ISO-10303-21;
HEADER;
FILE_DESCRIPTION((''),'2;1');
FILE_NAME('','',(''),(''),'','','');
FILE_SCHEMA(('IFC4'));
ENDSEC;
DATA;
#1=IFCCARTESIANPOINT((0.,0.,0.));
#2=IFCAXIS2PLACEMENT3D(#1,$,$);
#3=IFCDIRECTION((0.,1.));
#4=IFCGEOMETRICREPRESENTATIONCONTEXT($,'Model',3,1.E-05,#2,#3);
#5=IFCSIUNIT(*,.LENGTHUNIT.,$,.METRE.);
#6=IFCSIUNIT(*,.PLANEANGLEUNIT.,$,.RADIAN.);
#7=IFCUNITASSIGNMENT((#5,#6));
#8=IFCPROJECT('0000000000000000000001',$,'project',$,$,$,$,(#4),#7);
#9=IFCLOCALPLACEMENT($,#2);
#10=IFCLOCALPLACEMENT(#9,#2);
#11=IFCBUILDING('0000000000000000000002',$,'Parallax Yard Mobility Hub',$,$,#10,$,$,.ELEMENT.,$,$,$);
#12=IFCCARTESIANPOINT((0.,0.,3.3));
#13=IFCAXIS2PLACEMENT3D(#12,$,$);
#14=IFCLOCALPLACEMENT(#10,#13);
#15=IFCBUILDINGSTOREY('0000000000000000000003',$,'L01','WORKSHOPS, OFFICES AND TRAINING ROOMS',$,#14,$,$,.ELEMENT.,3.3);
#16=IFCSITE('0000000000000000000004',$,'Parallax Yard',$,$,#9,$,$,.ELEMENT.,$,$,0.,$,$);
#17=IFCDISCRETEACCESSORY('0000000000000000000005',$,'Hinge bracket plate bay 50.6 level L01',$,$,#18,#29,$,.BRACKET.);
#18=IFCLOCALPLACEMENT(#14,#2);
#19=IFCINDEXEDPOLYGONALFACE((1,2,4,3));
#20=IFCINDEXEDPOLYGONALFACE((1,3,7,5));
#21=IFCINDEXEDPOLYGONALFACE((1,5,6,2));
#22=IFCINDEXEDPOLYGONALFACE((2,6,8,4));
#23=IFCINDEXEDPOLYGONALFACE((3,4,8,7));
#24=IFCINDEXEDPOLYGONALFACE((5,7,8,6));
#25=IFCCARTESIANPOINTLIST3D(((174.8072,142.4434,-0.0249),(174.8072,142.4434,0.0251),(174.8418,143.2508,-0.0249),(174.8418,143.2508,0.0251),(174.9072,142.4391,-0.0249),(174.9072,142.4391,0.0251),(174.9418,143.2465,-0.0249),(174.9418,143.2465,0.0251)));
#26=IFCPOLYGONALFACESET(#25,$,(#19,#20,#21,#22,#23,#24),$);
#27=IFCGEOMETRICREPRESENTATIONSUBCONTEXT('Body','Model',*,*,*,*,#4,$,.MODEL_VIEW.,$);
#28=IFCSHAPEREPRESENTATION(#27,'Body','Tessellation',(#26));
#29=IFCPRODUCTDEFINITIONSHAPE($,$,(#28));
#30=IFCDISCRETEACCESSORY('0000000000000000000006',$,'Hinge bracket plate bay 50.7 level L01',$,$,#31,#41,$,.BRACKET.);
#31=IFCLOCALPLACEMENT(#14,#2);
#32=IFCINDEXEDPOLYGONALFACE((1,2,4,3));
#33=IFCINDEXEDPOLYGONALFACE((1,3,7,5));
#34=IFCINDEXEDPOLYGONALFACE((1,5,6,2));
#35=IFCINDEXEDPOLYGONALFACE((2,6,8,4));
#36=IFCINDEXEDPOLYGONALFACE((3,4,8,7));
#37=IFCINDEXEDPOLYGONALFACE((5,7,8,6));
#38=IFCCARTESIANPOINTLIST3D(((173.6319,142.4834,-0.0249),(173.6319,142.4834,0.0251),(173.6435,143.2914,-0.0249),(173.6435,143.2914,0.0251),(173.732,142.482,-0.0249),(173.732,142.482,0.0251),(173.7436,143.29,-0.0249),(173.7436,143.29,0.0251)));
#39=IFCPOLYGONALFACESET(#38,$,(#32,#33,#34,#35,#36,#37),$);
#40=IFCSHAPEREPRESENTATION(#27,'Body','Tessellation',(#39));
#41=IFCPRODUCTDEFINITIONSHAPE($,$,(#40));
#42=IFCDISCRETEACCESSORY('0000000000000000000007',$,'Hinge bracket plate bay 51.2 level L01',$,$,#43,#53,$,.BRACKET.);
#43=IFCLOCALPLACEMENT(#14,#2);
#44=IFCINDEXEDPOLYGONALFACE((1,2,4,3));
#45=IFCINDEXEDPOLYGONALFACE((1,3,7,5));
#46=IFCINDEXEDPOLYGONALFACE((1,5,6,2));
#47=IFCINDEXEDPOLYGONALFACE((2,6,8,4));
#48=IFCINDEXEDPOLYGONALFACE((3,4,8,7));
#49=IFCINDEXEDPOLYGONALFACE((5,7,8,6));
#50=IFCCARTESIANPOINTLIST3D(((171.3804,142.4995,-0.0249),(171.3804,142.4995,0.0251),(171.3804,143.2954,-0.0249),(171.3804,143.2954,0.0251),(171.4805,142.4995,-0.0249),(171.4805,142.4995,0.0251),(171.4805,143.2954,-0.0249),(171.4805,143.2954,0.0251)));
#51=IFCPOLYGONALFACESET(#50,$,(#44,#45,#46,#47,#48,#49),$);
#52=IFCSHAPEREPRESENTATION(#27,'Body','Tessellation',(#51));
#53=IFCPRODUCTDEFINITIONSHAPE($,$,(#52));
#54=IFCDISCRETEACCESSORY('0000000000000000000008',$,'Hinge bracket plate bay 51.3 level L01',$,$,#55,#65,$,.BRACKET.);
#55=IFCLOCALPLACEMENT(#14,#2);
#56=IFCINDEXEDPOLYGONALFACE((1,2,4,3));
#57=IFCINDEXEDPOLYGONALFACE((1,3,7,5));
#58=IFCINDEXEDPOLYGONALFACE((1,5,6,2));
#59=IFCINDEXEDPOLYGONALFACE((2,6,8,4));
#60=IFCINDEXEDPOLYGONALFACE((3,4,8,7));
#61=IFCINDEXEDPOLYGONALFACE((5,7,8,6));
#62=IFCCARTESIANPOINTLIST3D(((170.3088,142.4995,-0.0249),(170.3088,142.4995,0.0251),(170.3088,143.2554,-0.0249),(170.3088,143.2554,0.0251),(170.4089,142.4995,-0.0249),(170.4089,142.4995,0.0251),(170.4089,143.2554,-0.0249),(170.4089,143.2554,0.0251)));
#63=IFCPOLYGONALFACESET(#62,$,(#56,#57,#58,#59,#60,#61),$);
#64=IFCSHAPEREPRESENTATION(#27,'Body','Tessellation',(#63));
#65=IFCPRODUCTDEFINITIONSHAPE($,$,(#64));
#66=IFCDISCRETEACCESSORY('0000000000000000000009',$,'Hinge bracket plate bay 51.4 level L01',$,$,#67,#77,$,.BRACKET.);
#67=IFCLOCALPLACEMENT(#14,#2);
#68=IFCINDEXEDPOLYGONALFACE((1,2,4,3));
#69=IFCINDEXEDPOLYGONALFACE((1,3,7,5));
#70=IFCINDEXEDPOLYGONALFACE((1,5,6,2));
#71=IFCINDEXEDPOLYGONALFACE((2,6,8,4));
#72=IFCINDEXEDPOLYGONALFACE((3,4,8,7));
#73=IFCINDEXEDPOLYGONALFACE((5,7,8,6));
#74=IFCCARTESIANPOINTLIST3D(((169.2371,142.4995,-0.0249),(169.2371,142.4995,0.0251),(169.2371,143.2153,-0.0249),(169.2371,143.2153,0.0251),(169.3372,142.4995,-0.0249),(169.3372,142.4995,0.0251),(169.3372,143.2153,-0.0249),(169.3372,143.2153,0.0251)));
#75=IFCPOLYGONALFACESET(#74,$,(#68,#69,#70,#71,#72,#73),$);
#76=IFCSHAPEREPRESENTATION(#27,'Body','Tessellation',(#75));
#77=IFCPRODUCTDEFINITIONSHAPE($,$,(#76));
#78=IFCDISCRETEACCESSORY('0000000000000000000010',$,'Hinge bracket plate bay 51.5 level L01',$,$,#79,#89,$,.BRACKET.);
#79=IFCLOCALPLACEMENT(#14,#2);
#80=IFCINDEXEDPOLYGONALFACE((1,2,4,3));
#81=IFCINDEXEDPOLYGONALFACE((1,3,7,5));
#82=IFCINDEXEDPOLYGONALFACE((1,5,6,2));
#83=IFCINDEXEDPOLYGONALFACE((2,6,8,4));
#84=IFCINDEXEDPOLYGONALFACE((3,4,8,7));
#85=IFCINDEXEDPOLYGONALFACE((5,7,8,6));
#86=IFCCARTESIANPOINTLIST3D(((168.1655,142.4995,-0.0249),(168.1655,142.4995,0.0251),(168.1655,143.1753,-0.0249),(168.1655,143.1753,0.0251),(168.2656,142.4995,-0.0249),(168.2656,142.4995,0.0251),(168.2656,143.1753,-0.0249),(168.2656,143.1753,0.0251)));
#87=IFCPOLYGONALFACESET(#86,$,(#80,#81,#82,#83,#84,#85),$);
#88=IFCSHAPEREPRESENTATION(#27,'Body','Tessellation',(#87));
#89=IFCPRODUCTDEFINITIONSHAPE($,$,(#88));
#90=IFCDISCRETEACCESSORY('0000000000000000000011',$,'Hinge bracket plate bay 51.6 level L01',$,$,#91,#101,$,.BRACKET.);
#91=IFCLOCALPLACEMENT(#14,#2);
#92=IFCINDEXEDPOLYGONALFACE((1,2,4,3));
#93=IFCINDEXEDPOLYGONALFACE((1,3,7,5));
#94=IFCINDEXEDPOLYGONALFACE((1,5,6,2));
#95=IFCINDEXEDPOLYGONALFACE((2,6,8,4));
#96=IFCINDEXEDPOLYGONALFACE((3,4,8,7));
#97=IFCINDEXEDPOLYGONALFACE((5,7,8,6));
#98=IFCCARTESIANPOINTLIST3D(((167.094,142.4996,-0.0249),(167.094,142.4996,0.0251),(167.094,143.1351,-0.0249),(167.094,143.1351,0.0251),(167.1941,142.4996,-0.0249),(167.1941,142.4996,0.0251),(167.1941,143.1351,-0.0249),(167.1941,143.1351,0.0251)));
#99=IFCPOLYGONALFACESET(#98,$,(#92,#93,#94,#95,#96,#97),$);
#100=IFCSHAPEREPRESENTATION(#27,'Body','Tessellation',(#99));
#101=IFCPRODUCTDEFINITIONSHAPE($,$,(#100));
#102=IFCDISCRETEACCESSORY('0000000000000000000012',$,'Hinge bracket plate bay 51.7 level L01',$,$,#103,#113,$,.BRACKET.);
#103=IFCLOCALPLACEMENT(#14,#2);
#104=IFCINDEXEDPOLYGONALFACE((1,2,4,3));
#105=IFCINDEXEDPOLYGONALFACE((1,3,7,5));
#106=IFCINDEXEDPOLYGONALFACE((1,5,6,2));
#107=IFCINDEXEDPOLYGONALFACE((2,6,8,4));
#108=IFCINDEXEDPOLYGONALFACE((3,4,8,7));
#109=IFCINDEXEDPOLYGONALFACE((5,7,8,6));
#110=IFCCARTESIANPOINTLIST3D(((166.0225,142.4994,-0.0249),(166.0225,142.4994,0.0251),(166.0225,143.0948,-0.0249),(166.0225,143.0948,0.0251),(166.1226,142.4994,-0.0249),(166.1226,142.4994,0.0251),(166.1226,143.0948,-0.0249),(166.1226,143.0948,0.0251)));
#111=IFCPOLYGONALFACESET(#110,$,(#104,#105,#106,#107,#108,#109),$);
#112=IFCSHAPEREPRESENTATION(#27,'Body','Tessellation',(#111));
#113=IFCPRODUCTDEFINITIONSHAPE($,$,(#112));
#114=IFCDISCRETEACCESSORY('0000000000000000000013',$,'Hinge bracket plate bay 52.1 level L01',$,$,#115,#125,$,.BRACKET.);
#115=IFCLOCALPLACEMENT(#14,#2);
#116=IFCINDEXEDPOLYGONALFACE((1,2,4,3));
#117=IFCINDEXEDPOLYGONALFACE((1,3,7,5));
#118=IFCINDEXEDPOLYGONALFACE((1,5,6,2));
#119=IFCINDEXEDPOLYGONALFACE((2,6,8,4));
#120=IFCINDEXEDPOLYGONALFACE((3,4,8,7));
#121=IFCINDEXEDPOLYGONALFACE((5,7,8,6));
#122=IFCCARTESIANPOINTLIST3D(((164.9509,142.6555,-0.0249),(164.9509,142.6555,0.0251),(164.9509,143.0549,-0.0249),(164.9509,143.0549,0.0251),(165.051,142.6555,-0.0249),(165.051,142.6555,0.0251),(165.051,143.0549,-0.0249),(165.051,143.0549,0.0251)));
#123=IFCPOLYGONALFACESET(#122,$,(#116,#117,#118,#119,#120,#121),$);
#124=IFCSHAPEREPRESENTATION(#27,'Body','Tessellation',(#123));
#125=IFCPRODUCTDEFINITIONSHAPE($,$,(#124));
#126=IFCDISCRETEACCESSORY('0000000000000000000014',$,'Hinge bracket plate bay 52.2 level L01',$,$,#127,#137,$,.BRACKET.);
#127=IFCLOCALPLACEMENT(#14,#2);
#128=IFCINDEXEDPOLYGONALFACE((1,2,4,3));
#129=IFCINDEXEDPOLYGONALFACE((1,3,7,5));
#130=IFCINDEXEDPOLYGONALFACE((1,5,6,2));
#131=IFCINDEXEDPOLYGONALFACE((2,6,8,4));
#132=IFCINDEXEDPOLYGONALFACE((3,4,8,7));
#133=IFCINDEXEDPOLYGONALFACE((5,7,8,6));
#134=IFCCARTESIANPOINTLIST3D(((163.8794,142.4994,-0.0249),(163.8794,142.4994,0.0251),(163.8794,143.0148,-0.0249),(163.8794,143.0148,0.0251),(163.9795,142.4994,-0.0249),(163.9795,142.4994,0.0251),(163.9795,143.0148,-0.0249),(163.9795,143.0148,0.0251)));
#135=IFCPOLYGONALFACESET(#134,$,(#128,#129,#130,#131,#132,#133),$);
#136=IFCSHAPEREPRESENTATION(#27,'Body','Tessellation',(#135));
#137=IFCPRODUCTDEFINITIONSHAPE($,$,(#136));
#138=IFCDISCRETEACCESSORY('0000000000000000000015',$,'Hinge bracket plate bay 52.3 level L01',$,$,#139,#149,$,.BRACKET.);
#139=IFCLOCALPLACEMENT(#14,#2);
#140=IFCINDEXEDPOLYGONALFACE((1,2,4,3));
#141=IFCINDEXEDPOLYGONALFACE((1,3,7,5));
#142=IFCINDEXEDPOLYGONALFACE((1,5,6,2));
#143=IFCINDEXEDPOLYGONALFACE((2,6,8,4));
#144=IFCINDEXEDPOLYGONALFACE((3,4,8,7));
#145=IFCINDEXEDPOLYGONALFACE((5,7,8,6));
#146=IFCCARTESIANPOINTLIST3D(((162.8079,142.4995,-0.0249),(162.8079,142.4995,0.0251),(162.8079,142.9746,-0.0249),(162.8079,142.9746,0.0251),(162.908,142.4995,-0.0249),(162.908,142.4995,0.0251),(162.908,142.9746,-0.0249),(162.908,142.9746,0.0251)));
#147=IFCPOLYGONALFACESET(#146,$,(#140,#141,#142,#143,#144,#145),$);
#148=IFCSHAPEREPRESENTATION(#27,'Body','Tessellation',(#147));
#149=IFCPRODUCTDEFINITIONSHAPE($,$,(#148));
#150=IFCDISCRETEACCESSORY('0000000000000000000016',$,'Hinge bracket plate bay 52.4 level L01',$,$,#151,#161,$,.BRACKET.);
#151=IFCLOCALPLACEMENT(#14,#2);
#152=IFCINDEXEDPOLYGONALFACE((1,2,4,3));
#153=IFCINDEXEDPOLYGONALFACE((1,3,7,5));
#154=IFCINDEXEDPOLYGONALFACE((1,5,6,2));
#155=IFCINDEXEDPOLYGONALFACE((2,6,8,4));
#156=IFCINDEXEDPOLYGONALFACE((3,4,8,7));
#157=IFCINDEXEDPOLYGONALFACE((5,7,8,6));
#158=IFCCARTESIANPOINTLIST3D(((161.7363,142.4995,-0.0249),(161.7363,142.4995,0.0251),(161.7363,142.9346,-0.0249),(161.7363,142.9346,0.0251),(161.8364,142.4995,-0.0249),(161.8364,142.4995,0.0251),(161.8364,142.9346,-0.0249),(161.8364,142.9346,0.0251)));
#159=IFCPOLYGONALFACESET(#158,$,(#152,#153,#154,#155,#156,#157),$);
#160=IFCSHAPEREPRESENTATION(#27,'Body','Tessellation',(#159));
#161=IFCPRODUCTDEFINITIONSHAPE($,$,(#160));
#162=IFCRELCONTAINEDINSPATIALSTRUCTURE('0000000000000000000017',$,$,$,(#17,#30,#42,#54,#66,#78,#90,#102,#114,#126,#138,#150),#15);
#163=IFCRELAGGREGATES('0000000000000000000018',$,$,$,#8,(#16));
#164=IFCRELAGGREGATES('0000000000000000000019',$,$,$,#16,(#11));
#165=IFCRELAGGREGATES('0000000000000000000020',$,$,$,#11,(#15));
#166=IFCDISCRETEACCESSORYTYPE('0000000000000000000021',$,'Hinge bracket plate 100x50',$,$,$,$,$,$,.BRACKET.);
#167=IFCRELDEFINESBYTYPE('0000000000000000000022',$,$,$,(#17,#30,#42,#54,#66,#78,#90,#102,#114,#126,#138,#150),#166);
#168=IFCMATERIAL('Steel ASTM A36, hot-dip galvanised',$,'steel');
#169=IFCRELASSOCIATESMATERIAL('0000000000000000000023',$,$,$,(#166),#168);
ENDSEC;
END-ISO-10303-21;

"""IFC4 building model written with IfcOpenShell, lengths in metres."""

from ifc_helpers import new_model, si_unit, direction, frame, origin, origin_2d, place, context, subcontext, project, spatial, rectangle, extrude, material, type_object, element, save


model = new_model("IFC4")

# Units and contexts
model_context = context("Model", 3, precision=1e-05, world=origin(), true_north=direction((0.0, 1.0)))
body_context = subcontext(model_context, "Body", "Model", "MODEL_VIEW")
ifc_project = project(units=[si_unit("LENGTHUNIT", "METRE"), si_unit("PLANEANGLEUNIT", "RADIAN")], contexts=[model_context])

# Site, building, storey
site_placement = place(None, origin())
site = spatial("IfcSite", under=ifc_project, at=site_placement, Name="Parallax Yard", CompositionType="ELEMENT", RefElevation=0.0)
building_placement = place(site_placement, origin())
building = spatial("IfcBuilding", under=site, at=building_placement, Name="Parallax Yard Mobility Hub", CompositionType="ELEMENT")
storey_placement = place(building_placement, frame((0.0, 0.0, 3.3)))
storey = spatial("IfcBuildingStorey", under=building, at=storey_placement, Name="L01", Description="WORKSHOPS, OFFICES AND TRAINING ROOMS", CompositionType="ELEMENT", Elevation=3.3)

# Discrete accessories
ifc_material_1 = material(Name="Steel ASTM A36, hot-dip galvanised", Category="steel")
discrete_accessory_type_1 = type_object("IfcDiscreteAccessoryType", Name="Hinge bracket plate 100x50", PredefinedType="BRACKET", material=ifc_material_1)
for number, where, z_axis, x_axis, name in (
    (1, (174.8745, 142.845, -0.0249), (0.0, 0.0, 1.0), (0.042826, 0.999083, 0.0), "Hinge bracket plate bay 50.6 level L01"),
    (2, (173.6877, 142.8867, -0.0249), (0.0, 0.0, 1.0), (0.01428, 0.999898, 0.0), "Hinge bracket plate bay 50.7 level L01"),
):
    element("IfcDiscreteAccessory", number, at=place(storey_placement, frame(where, z_axis=z_axis, x_axis=x_axis)), inside=storey, type_object=discrete_accessory_type_1, Name=name, PredefinedType="BRACKET", context=body_context, shape_type="SweptSolid", body=[
        extrude(rectangle(XDim=0.8081, YDim=0.1001, at=origin_2d()), origin(), (0.0, 0.0, 1.0), 0.05),
    ])
discrete_accessory_1_placement = place(storey_placement, frame((171.4304, 142.8975, -0.0249), z_axis=(0.0, 0.0, 1.0), x_axis=(0.0, 1.0, 0.0)))
element("IfcDiscreteAccessory", 3, at=discrete_accessory_1_placement, inside=storey, type_object=discrete_accessory_type_1, Name="Hinge bracket plate bay 51.2 level L01", PredefinedType="BRACKET", context=body_context, shape_type="SweptSolid", body=[
    extrude(rectangle(XDim=0.7959, YDim=0.1001, at=origin_2d()), origin(), (0.0, 0.0, 1.0), 0.05),
])
discrete_accessory_2_placement = place(storey_placement, frame((170.3589, 142.8774, -0.0249), z_axis=(0.0, 0.0, 1.0), x_axis=(0.0, 1.0, 0.0)))
element("IfcDiscreteAccessory", 4, at=discrete_accessory_2_placement, inside=storey, type_object=discrete_accessory_type_1, Name="Hinge bracket plate bay 51.3 level L01", PredefinedType="BRACKET", context=body_context, shape_type="SweptSolid", body=[
    extrude(rectangle(XDim=0.7559, YDim=0.1001, at=origin_2d()), origin(), (0.0, 0.0, 1.0), 0.05),
])
discrete_accessory_3_placement = place(storey_placement, frame((169.2871, 142.8574, -0.0249), z_axis=(0.0, 0.0, 1.0), x_axis=(0.0, 1.0, 0.0)))
element("IfcDiscreteAccessory", 5, at=discrete_accessory_3_placement, inside=storey, type_object=discrete_accessory_type_1, Name="Hinge bracket plate bay 51.4 level L01", PredefinedType="BRACKET", context=body_context, shape_type="SweptSolid", body=[
    extrude(rectangle(XDim=0.7158, YDim=0.1001, at=origin_2d()), origin(), (0.0, 0.0, 1.0), 0.05),
])
discrete_accessory_4_placement = place(storey_placement, frame((168.2156, 142.8374, -0.0249), z_axis=(0.0, 0.0, 1.0), x_axis=(0.0, 1.0, 0.0)))
element("IfcDiscreteAccessory", 6, at=discrete_accessory_4_placement, inside=storey, type_object=discrete_accessory_type_1, Name="Hinge bracket plate bay 51.5 level L01", PredefinedType="BRACKET", context=body_context, shape_type="SweptSolid", body=[
    extrude(rectangle(XDim=0.6758, YDim=0.1001, at=origin_2d()), origin(), (0.0, 0.0, 1.0), 0.05),
])
discrete_accessory_5_placement = place(storey_placement, frame((167.144, 142.8174, -0.0249), z_axis=(0.0, 0.0, 1.0), x_axis=(0.0, 1.0, 0.0)))
element("IfcDiscreteAccessory", 7, at=discrete_accessory_5_placement, inside=storey, type_object=discrete_accessory_type_1, Name="Hinge bracket plate bay 51.6 level L01", PredefinedType="BRACKET", context=body_context, shape_type="SweptSolid", body=[
    extrude(rectangle(XDim=0.6355, YDim=0.1001, at=origin_2d()), origin(), (0.0, 0.0, 1.0), 0.05),
])
discrete_accessory_6_placement = place(storey_placement, frame((166.0725, 142.7971, -0.0249), z_axis=(0.0, 0.0, 1.0), x_axis=(0.0, 1.0, 0.0)))
element("IfcDiscreteAccessory", 8, at=discrete_accessory_6_placement, inside=storey, type_object=discrete_accessory_type_1, Name="Hinge bracket plate bay 51.7 level L01", PredefinedType="BRACKET", context=body_context, shape_type="SweptSolid", body=[
    extrude(rectangle(XDim=0.5955, YDim=0.1001, at=origin_2d()), origin(), (0.0, 0.0, 1.0), 0.05),
])
discrete_accessory_7_placement = place(storey_placement, frame((165.001, 142.8552, -0.0249), z_axis=(0.0, 0.0, 1.0), x_axis=(0.0, 1.0, 0.0)))
element("IfcDiscreteAccessory", 9, at=discrete_accessory_7_placement, inside=storey, type_object=discrete_accessory_type_1, Name="Hinge bracket plate bay 52.1 level L01", PredefinedType="BRACKET", context=body_context, shape_type="SweptSolid", body=[
    extrude(rectangle(XDim=0.3994, YDim=0.1001, at=origin_2d()), origin(), (0.0, 0.0, 1.0), 0.05),
])
discrete_accessory_8_placement = place(storey_placement, frame((163.9294, 142.7571, -0.0249), z_axis=(0.0, 0.0, 1.0), x_axis=(0.0, 1.0, 0.0)))
element("IfcDiscreteAccessory", 10, at=discrete_accessory_8_placement, inside=storey, type_object=discrete_accessory_type_1, Name="Hinge bracket plate bay 52.2 level L01", PredefinedType="BRACKET", context=body_context, shape_type="SweptSolid", body=[
    extrude(rectangle(XDim=0.5154, YDim=0.1001, at=origin_2d()), origin(), (0.0, 0.0, 1.0), 0.05),
])
discrete_accessory_9_placement = place(storey_placement, frame((162.8579, 142.7371, -0.0249), z_axis=(0.0, 0.0, 1.0), x_axis=(0.0, 1.0, 0.0)))
element("IfcDiscreteAccessory", 11, at=discrete_accessory_9_placement, inside=storey, type_object=discrete_accessory_type_1, Name="Hinge bracket plate bay 52.3 level L01", PredefinedType="BRACKET", context=body_context, shape_type="SweptSolid", body=[
    extrude(rectangle(XDim=0.4751, YDim=0.1001, at=origin_2d()), origin(), (0.0, 0.0, 1.0), 0.05),
])
discrete_accessory_10_placement = place(storey_placement, frame((161.7864, 142.717, -0.0249), z_axis=(0.0, 0.0, 1.0), x_axis=(0.0, 1.0, 0.0)))
element("IfcDiscreteAccessory", 12, at=discrete_accessory_10_placement, inside=storey, type_object=discrete_accessory_type_1, Name="Hinge bracket plate bay 52.4 level L01", PredefinedType="BRACKET", context=body_context, shape_type="SweptSolid", body=[
    extrude(rectangle(XDim=0.4351, YDim=0.1001, at=origin_2d()), origin(), (0.0, 0.0, 1.0), 0.05),
])

save(model, "model.ifc")
